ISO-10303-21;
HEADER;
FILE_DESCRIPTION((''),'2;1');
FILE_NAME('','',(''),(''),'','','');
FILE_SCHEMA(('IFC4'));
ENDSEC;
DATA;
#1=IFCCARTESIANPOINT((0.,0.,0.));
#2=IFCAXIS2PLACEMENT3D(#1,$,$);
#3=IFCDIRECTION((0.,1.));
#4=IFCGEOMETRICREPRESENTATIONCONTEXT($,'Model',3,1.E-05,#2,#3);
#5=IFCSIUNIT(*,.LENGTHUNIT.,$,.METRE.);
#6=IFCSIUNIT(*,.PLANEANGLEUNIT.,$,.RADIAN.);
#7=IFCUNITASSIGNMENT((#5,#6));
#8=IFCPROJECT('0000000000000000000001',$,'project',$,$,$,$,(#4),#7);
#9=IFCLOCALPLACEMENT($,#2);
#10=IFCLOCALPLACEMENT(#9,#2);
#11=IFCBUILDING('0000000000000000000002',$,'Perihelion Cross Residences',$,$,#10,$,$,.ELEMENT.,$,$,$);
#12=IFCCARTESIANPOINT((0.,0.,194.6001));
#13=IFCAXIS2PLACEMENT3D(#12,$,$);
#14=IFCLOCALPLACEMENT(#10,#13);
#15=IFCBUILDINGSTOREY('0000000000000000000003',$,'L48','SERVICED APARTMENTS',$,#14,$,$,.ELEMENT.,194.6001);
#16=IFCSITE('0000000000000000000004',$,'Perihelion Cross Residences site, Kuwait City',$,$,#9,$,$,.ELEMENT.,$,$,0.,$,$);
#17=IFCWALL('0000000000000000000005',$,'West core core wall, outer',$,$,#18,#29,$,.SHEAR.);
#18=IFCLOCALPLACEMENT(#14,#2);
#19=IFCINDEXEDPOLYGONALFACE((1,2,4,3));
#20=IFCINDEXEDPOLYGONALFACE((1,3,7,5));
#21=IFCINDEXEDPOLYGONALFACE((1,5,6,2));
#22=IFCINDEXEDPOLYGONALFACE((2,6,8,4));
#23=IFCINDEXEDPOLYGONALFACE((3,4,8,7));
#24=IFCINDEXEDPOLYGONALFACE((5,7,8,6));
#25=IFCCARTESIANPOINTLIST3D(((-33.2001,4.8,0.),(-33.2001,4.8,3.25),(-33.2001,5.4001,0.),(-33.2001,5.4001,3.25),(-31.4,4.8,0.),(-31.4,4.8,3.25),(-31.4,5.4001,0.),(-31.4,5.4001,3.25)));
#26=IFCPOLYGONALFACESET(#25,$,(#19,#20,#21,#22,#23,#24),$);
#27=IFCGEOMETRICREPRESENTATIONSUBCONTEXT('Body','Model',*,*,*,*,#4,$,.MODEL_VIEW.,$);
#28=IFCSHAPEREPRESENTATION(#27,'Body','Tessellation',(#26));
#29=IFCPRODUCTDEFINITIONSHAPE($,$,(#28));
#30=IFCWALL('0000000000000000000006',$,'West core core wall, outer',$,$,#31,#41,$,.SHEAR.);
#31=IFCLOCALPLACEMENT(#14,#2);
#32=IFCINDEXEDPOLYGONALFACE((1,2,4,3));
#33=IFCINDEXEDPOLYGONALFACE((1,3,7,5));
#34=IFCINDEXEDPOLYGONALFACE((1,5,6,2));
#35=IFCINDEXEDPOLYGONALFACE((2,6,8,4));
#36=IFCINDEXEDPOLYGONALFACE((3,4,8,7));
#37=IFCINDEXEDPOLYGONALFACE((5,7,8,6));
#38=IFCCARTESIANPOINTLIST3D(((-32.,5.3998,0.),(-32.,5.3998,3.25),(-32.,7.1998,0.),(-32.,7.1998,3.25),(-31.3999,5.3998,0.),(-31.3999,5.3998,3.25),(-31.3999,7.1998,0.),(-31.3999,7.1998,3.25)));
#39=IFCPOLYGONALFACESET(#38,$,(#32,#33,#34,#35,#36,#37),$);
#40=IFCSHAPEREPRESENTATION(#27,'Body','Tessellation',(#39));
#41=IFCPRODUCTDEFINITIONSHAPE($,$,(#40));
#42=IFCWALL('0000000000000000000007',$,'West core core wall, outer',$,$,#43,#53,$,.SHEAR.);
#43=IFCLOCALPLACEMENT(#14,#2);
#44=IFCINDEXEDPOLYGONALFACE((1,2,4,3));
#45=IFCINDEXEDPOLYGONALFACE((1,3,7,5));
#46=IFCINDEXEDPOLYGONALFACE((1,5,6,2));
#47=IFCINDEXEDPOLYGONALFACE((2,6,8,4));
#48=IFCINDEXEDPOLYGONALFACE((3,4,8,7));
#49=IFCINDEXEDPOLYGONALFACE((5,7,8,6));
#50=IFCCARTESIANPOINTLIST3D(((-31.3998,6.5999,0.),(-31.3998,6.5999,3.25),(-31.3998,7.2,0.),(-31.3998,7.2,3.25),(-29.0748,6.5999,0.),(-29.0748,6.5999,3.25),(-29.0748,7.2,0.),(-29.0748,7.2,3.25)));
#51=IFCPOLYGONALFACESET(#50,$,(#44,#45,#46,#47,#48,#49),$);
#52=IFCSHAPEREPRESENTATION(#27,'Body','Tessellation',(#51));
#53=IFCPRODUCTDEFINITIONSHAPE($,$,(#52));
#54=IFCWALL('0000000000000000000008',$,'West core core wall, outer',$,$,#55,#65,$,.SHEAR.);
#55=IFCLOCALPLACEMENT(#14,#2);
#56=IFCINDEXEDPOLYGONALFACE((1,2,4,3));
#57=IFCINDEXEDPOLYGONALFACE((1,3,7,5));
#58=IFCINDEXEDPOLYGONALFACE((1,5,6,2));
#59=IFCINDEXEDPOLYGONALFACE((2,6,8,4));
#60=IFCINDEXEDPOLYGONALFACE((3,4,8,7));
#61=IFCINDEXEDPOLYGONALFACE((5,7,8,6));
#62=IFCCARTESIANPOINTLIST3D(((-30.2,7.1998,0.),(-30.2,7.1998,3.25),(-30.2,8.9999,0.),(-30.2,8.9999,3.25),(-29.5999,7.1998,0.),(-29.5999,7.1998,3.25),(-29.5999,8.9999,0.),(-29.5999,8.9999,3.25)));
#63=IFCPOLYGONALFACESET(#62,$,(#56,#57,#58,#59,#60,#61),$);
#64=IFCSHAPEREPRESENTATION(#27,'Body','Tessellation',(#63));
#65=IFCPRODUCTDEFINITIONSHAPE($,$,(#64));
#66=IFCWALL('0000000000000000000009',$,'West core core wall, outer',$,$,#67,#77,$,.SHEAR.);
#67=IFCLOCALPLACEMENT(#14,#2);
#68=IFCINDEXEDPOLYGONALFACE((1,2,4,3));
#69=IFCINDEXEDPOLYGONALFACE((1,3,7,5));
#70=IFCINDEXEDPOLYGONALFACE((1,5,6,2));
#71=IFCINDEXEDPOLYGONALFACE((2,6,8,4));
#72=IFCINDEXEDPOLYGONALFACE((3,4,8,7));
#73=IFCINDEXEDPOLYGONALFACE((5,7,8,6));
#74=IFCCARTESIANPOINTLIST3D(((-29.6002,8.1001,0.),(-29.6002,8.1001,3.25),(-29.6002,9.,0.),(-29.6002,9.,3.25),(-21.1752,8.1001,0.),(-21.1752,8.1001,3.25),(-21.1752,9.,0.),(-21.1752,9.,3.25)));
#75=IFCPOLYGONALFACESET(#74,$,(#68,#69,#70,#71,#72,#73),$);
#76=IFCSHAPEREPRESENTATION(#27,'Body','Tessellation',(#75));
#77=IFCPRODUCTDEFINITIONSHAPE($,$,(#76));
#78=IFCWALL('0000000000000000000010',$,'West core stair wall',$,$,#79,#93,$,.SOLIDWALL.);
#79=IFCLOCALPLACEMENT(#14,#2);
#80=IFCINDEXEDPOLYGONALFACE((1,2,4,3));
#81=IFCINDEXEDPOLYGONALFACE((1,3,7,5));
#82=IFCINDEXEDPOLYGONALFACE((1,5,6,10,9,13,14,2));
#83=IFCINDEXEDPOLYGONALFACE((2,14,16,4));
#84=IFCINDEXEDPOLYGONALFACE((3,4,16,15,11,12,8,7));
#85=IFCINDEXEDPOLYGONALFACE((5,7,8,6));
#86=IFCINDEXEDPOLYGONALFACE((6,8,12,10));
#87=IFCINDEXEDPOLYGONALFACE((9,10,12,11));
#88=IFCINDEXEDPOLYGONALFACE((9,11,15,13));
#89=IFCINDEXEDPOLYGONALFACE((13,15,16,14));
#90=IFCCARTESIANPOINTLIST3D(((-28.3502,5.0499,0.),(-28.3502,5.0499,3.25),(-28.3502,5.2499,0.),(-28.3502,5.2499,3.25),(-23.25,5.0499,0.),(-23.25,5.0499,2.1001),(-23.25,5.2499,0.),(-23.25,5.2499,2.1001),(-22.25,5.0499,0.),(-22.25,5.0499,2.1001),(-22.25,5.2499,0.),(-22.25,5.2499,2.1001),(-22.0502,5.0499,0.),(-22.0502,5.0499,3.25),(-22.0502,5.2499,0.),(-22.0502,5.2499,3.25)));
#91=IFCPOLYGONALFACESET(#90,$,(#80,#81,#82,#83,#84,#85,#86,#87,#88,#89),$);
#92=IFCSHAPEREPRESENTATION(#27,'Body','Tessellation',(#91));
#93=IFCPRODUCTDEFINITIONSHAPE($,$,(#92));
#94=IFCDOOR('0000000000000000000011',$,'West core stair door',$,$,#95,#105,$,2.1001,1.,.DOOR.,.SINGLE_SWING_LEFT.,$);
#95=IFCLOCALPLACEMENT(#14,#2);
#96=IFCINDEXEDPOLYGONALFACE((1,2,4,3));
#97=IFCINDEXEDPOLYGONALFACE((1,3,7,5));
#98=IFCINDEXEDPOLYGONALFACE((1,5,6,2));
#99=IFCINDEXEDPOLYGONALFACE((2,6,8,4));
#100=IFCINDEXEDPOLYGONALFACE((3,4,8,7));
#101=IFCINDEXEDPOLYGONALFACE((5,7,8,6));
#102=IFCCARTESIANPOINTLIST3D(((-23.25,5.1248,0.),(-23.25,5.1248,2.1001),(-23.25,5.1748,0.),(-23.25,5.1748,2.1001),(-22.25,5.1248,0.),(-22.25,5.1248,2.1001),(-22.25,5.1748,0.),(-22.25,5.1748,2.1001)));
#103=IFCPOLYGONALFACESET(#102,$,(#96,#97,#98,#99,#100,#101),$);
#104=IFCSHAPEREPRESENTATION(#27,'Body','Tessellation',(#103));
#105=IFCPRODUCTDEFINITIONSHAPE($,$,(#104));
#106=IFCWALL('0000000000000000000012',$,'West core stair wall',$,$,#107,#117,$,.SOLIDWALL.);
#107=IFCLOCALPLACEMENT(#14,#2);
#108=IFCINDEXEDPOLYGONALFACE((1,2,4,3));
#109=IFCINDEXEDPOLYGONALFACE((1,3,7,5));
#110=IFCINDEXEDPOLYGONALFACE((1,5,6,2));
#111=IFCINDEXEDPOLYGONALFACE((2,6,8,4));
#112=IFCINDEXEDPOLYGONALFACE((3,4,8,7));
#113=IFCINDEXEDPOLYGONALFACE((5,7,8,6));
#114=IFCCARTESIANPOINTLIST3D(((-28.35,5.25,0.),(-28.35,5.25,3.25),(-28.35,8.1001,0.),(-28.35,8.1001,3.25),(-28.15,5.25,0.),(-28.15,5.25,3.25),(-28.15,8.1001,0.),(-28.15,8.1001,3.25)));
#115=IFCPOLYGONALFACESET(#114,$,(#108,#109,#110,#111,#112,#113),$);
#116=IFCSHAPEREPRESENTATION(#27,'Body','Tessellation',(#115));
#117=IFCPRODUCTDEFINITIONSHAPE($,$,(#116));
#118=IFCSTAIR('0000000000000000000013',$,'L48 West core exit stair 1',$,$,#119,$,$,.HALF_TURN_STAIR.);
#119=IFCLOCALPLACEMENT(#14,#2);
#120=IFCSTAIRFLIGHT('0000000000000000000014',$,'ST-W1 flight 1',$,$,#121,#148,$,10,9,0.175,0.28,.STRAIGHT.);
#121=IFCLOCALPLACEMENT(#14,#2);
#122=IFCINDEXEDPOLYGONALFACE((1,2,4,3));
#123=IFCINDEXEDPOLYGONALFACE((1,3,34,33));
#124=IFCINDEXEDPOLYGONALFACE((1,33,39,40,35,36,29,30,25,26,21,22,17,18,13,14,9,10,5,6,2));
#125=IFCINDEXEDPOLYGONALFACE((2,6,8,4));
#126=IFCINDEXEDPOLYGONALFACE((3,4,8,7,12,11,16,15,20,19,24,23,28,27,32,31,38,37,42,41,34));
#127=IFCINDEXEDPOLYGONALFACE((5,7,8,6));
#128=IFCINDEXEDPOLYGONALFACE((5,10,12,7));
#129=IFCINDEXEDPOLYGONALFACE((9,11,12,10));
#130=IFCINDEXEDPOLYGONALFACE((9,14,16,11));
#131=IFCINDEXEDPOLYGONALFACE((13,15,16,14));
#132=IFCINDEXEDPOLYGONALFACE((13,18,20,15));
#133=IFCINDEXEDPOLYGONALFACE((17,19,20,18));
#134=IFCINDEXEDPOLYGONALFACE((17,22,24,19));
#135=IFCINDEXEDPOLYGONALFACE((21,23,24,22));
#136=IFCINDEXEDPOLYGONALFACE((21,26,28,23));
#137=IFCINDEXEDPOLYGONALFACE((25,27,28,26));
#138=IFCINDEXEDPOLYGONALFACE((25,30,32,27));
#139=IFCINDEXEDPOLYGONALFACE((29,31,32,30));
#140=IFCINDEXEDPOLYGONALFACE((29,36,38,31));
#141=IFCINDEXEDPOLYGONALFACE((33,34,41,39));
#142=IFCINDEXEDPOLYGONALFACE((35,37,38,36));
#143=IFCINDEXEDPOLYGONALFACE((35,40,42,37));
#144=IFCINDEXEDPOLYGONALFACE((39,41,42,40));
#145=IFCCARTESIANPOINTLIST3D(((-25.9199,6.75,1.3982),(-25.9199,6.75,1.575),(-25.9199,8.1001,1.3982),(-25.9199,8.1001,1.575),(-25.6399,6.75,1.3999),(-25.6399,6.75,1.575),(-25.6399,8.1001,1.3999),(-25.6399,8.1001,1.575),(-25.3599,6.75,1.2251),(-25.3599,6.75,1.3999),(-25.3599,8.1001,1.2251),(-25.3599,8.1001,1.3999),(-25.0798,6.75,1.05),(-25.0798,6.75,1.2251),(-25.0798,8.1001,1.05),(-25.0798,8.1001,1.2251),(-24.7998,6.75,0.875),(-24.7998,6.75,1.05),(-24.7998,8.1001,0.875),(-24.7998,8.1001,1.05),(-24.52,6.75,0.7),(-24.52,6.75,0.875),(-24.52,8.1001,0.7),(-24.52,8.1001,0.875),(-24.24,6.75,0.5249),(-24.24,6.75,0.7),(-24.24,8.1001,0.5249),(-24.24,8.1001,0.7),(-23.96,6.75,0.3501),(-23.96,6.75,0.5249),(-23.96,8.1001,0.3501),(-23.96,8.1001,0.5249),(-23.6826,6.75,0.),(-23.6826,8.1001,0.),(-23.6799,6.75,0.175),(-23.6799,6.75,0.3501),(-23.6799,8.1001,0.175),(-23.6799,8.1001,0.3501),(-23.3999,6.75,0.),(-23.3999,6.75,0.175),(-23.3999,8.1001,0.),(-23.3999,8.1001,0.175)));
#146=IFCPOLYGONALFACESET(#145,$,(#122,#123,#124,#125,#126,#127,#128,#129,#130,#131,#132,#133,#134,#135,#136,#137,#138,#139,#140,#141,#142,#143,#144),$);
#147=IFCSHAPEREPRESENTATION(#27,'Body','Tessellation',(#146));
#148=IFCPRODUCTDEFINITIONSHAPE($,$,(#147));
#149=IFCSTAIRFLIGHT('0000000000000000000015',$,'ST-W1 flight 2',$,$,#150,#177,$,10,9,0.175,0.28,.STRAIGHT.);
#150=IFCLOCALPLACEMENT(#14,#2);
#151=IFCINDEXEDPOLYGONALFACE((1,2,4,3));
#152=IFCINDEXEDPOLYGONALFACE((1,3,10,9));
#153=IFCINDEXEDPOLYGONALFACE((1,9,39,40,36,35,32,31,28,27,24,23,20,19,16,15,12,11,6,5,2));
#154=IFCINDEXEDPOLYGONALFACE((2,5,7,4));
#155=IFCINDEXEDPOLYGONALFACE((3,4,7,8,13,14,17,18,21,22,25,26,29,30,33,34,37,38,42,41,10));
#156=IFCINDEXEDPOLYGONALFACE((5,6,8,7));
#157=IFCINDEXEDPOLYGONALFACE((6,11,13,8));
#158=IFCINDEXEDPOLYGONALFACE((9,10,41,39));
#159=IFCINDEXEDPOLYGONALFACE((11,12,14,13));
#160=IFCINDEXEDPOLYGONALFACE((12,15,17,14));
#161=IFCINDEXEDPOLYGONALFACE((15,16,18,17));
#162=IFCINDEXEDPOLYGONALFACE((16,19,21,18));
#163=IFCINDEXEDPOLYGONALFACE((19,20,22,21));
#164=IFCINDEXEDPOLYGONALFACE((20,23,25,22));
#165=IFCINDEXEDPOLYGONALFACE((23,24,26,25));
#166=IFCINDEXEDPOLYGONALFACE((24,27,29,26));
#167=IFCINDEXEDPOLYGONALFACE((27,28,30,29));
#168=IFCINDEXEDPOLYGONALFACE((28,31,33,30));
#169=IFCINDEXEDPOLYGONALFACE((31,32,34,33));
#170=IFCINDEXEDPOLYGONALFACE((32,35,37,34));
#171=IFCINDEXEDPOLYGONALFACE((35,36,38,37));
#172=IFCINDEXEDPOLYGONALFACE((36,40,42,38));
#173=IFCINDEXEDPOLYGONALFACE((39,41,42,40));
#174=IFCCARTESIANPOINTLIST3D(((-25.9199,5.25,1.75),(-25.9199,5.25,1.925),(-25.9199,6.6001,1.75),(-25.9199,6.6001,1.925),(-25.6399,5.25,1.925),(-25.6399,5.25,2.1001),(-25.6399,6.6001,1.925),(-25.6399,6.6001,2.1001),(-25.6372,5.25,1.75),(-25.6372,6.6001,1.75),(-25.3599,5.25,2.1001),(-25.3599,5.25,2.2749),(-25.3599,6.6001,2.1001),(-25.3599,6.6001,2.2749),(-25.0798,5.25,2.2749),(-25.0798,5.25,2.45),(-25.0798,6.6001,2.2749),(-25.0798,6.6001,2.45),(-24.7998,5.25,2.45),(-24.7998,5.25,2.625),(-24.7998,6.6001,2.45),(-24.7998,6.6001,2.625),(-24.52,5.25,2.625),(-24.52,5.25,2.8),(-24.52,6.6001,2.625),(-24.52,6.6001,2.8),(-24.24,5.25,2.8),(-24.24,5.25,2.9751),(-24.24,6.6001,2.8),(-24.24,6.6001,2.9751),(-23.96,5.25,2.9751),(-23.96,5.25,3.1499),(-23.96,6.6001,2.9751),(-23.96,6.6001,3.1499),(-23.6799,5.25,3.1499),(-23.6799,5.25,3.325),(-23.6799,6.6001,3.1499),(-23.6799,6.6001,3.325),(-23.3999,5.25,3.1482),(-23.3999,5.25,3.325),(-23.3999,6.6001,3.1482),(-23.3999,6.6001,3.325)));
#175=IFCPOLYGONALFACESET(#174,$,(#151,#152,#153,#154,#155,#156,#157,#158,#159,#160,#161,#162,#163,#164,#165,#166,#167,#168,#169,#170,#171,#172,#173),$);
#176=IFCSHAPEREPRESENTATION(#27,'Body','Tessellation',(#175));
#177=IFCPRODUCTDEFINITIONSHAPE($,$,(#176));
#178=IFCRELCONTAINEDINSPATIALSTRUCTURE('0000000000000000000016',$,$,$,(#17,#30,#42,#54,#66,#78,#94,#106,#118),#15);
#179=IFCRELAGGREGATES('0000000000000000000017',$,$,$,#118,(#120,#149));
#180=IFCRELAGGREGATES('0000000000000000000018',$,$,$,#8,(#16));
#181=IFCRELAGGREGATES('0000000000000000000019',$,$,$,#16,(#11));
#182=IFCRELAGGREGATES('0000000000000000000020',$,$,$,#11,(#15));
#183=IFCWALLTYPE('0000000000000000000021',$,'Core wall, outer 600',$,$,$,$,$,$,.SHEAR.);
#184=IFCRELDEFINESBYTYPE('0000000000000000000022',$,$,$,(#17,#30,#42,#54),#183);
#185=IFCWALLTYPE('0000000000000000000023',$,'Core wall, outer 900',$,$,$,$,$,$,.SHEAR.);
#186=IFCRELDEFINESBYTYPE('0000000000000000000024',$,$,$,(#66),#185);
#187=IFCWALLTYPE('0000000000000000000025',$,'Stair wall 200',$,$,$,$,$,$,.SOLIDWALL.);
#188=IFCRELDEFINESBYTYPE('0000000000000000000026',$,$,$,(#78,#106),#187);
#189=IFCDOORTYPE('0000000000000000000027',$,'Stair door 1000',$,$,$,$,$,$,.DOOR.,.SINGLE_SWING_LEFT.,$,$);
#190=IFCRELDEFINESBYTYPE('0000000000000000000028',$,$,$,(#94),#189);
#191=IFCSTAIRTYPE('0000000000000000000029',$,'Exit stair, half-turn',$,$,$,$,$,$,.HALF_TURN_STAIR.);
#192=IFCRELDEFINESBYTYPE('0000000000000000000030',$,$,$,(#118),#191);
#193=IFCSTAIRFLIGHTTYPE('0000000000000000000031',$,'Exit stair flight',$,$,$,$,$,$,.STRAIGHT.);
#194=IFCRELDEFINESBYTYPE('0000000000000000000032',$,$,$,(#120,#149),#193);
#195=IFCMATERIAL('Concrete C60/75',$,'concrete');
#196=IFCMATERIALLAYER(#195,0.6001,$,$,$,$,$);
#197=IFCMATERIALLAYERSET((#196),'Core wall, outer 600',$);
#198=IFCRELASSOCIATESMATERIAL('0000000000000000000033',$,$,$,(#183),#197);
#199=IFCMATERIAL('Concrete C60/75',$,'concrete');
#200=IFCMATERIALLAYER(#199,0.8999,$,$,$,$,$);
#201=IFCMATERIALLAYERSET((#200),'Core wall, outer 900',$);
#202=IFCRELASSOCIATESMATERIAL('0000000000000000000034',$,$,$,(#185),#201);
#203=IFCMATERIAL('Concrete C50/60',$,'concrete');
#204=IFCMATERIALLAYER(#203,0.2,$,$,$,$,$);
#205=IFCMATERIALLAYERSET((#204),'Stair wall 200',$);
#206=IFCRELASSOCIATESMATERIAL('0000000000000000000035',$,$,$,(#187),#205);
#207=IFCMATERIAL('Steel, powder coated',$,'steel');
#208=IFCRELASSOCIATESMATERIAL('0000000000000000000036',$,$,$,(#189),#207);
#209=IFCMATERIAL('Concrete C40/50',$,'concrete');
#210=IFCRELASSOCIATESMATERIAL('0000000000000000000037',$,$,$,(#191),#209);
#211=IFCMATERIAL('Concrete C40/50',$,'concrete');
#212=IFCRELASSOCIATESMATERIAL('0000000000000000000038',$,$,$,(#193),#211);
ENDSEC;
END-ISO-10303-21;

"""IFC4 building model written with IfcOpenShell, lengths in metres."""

from ifc_helpers import new_model, si_unit, direction, frame, frame_2d, origin, place, context, subcontext, project, spatial, polyline, rectangle, outline, extrude, material, layer, layer_set, type_object, element, fill, aggregate, save


model = new_model("IFC4")

# Units and contexts
model_context = context("Model", 3, precision=1e-05, world=origin(), true_north=direction((0.0, 1.0)))
body_context = subcontext(model_context, "Body", "Model", "MODEL_VIEW")
ifc_project = project(units=[si_unit("LENGTHUNIT", "METRE"), si_unit("PLANEANGLEUNIT", "RADIAN")], contexts=[model_context])

# Site, building, storey
site_placement = place(None, origin())
site = spatial("IfcSite", under=ifc_project, at=site_placement, Name="Perihelion Cross Residences site, Kuwait City", CompositionType="ELEMENT", RefElevation=0.0)
building_placement = place(site_placement, origin())
building = spatial("IfcBuilding", under=site, at=building_placement, Name="Perihelion Cross Residences", CompositionType="ELEMENT")
storey_placement = place(building_placement, frame((0.0, 0.0, 194.6001)))
storey = spatial("IfcBuildingStorey", under=building, at=storey_placement, Name="L48", Description="SERVICED APARTMENTS", CompositionType="ELEMENT", Elevation=194.6001)

# Walls
ifc_material_1 = material(Name="Concrete C60/75", Category="concrete")
ifc_layer_1 = layer(ifc_material_1, 0.6001)
ifc_layer_set_1 = layer_set([ifc_layer_1], Name="Core wall, outer 600")
wall_type_1 = type_object("IfcWallType", Name="Core wall, outer 600", PredefinedType="SHEAR", material=ifc_layer_set_1)
for number, where, z_axis, x_axis, name in (
    (1, (-33.2, 5.1001, 0.0), (0.0, 0.0, 1.0), (1.0, 0.0, 0.0), "West core core wall, outer"),
    (2, (-31.7, 5.3999, 0.0), (0.0, 0.0, 1.0), (0.0, 1.0, 0.0), "West core core wall, outer"),
):
    element("IfcWall", number, at=place(storey_placement, frame(where, z_axis=z_axis, x_axis=x_axis)), inside=storey, type_object=wall_type_1, Name=name, PredefinedType="SHEAR", context=body_context, shape_type="SweptSolid", body=[
        extrude(rectangle(XDim=1.8, YDim=0.6001, at=frame_2d((0.8999, 0.0))), origin(), (0.0, 0.0, 1.0), 3.25),
    ])
wall_1_placement = place(storey_placement, frame((-31.3999, 6.8999, 0.0), z_axis=(0.0, 0.0, 1.0), x_axis=(1.0, 0.0, 0.0)))
element("IfcWall", 3, at=wall_1_placement, inside=storey, type_object=wall_type_1, Name="West core core wall, outer", PredefinedType="SHEAR", context=body_context, shape_type="SweptSolid", body=[
    extrude(rectangle(XDim=2.325, YDim=0.6001, at=frame_2d((1.1626, 0.0))), origin(), (0.0, 0.0, 1.0), 3.25),
])
wall_2_placement = place(storey_placement, frame((-29.8999, 7.2, 0.0), z_axis=(0.0, 0.0, 1.0), x_axis=(0.0, 1.0, 0.0)))
element("IfcWall", 4, at=wall_2_placement, inside=storey, type_object=wall_type_1, Name="West core core wall, outer", PredefinedType="SHEAR", context=body_context, shape_type="SweptSolid", body=[
    extrude(rectangle(XDim=1.8, YDim=0.6001, at=frame_2d((0.8999, 0.0))), origin(), (0.0, 0.0, 1.0), 3.25),
])
ifc_material_2 = material(Name="Concrete C60/75", Category="concrete")
ifc_layer_2 = layer(ifc_material_2, 0.8999)
ifc_layer_set_2 = layer_set([ifc_layer_2], Name="Core wall, outer 900")
wall_type_2 = type_object("IfcWallType", Name="Core wall, outer 900", PredefinedType="SHEAR", material=ifc_layer_set_2)
wall_3_placement = place(storey_placement, frame((-29.6001, 8.55, 0.0), z_axis=(0.0, 0.0, 1.0), x_axis=(1.0, 0.0, 0.0)))
element("IfcWall", 5, at=wall_3_placement, inside=storey, type_object=wall_type_2, Name="West core core wall, outer", PredefinedType="SHEAR", context=body_context, shape_type="SweptSolid", body=[
    extrude(rectangle(XDim=8.425, YDim=0.8999, at=frame_2d((4.2124, 0.0))), origin(), (0.0, 0.0, 1.0), 3.25),
])

# Wall, opening, door
ifc_material_3 = material(Name="Concrete C50/60", Category="concrete")
ifc_layer_3 = layer(ifc_material_3, 0.2)
ifc_layer_set_3 = layer_set([ifc_layer_3], Name="Stair wall 200")
wall_type_3 = type_object("IfcWallType", Name="Stair wall 200", PredefinedType="SOLIDWALL", material=ifc_layer_set_3)
wall_4_placement = place(storey_placement, frame((-28.3501, 5.1499, 0.0), z_axis=(0.0, 0.0, 1.0), x_axis=(1.0, 0.0, 0.0)))
wall_4 = element("IfcWall", 6, at=wall_4_placement, inside=storey, type_object=wall_type_3, Name="West core stair wall", PredefinedType="SOLIDWALL", context=body_context, shape_type="SweptSolid", body=[
    extrude(rectangle(XDim=6.3, YDim=0.2, at=frame_2d((3.1499, 0.0))), origin(), (0.0, 0.0, 1.0), 3.25),
])
opening_placement = place(wall_4_placement, frame((5.1001, 0.0, 0.0)))
opening = element("IfcOpeningElement", 7, at=opening_placement, cuts=wall_4, PredefinedType="OPENING", context=body_context, shape_type="SweptSolid", body=[
    extrude(rectangle(XDim=1.0, YDim=2.1001, at=frame_2d((0.5, 1.05))), frame((0.0, 0.1099, 0.0), z_axis=(0.0, -1.0, 0.0), x_axis=(1.0, 0.0, 0.0)), (0.0, 0.0, 1.0), 0.22),
])
ifc_material_4 = material(Name="Steel, powder coated", Category="steel")
door_type = type_object("IfcDoorType", Name="Stair door 1000", OperationType="SINGLE_SWING_LEFT", PredefinedType="DOOR", material=ifc_material_4)
door_placement = place(opening_placement, origin())
door = element("IfcDoor", 8, at=door_placement, inside=storey, type_object=door_type, Name="West core stair door", OperationType="SINGLE_SWING_LEFT", OverallHeight=2.1001, OverallWidth=1.0, PredefinedType="DOOR", context=body_context, shape_type="SweptSolid", body=[
    extrude(rectangle(XDim=1.0, YDim=2.1001, at=frame_2d((0.5, 1.05))), frame((0.0, 0.0249, 0.0), z_axis=(0.0, -1.0, 0.0), x_axis=(1.0, 0.0, 0.0)), (0.0, 0.0, 1.0), 0.05),
])
fill(opening, door)

# Wall
wall_5_placement = place(storey_placement, frame((-28.25, 5.25, 0.0), z_axis=(0.0, 0.0, 1.0), x_axis=(0.0, 1.0, 0.0)))
element("IfcWall", 9, at=wall_5_placement, inside=storey, type_object=wall_type_3, Name="West core stair wall", PredefinedType="SOLIDWALL", context=body_context, shape_type="SweptSolid", body=[
    extrude(rectangle(XDim=2.8501, YDim=0.2, at=frame_2d((1.425, 0.0))), origin(), (0.0, 0.0, 1.0), 3.25),
])

# Stair, stair flights
ifc_material_5 = material(Name="Concrete C40/50", Category="concrete")
stair_type = type_object("IfcStairType", Name="Exit stair, half-turn", PredefinedType="HALF_TURN_STAIR", material=ifc_material_5)
stair_placement = place(storey_placement, origin())
stair = element("IfcStair", 10, at=stair_placement, inside=storey, type_object=stair_type, Name="L48 West core exit stair 1", PredefinedType="HALF_TURN_STAIR")
ifc_material_6 = material(Name="Concrete C40/50", Category="concrete")
stair_flight_type = type_object("IfcStairFlightType", Name="Exit stair flight", PredefinedType="STRAIGHT", material=ifc_material_6)
stair_flight_1_placement = place(storey_placement, frame((-23.3999, 7.425, 0.0), z_axis=(0.0, 0.0, 1.0), x_axis=(-1.0, 0.0, 0.0)))
stair_flight_1 = element("IfcStairFlight", 11, at=stair_flight_1_placement, type_object=stair_flight_type, Name="ST-W1 flight 1", NumberOfRisers=10, NumberOfTreads=9, PredefinedType="STRAIGHT", RiserHeight=0.175, TreadLength=0.28, context=body_context, shape_type="SweptSolid", body=[
    extrude(outline(polyline([(0.0, 0.0), (0.0, 0.175), (0.28, 0.175), (0.28, 0.3501), (0.5601, 0.3501), (0.5601, 0.5249), (0.8401, 0.5249), (0.8401, 0.7), (1.1201, 0.7), (1.1201, 0.875), (1.3999, 0.875), (1.3999, 1.05), (1.6799, 1.05), (1.6799, 1.2251), (1.96, 1.2251), (1.96, 1.3999), (2.24, 1.3999), (2.24, 1.575), (2.52, 1.575), (2.52, 1.75), (2.52, 1.3982), (0.2827, 0.0), (0.0, 0.0)])), frame((0.0, 0.675, 0.0), z_axis=(0.0, -1.0, 0.0), x_axis=(1.0, 0.0, 0.0)), (0.0, 0.0, 1.0), 1.3501),
])
stair_flight_2_placement = place(storey_placement, frame((-25.9199, 5.925, 1.75), z_axis=(0.0, 0.0, 1.0), x_axis=(1.0, 0.0, 0.0)))
stair_flight_2 = element("IfcStairFlight", 12, at=stair_flight_2_placement, type_object=stair_flight_type, Name="ST-W1 flight 2", NumberOfRisers=10, NumberOfTreads=9, PredefinedType="STRAIGHT", RiserHeight=0.175, TreadLength=0.28, context=body_context, shape_type="SweptSolid", body=[
    extrude(outline(polyline([(0.0, 0.0), (0.0, 0.175), (0.28, 0.175), (0.28, 0.3501), (0.5601, 0.3501), (0.5601, 0.5249), (0.8401, 0.5249), (0.8401, 0.7), (1.1201, 0.7), (1.1201, 0.875), (1.3999, 0.875), (1.3999, 1.05), (1.6799, 1.05), (1.6799, 1.2251), (1.96, 1.2251), (1.96, 1.3999), (2.24, 1.3999), (2.24, 1.575), (2.52, 1.575), (2.52, 1.75), (2.52, 1.3982), (0.2827, 0.0), (0.0, 0.0)])), frame((0.0, 0.675, 0.0), z_axis=(0.0, -1.0, 0.0), x_axis=(1.0, 0.0, 0.0)), (0.0, 0.0, 1.0), 1.3501),
])
aggregate(stair, [stair_flight_1, stair_flight_2])

save(model, "model.ifc")
